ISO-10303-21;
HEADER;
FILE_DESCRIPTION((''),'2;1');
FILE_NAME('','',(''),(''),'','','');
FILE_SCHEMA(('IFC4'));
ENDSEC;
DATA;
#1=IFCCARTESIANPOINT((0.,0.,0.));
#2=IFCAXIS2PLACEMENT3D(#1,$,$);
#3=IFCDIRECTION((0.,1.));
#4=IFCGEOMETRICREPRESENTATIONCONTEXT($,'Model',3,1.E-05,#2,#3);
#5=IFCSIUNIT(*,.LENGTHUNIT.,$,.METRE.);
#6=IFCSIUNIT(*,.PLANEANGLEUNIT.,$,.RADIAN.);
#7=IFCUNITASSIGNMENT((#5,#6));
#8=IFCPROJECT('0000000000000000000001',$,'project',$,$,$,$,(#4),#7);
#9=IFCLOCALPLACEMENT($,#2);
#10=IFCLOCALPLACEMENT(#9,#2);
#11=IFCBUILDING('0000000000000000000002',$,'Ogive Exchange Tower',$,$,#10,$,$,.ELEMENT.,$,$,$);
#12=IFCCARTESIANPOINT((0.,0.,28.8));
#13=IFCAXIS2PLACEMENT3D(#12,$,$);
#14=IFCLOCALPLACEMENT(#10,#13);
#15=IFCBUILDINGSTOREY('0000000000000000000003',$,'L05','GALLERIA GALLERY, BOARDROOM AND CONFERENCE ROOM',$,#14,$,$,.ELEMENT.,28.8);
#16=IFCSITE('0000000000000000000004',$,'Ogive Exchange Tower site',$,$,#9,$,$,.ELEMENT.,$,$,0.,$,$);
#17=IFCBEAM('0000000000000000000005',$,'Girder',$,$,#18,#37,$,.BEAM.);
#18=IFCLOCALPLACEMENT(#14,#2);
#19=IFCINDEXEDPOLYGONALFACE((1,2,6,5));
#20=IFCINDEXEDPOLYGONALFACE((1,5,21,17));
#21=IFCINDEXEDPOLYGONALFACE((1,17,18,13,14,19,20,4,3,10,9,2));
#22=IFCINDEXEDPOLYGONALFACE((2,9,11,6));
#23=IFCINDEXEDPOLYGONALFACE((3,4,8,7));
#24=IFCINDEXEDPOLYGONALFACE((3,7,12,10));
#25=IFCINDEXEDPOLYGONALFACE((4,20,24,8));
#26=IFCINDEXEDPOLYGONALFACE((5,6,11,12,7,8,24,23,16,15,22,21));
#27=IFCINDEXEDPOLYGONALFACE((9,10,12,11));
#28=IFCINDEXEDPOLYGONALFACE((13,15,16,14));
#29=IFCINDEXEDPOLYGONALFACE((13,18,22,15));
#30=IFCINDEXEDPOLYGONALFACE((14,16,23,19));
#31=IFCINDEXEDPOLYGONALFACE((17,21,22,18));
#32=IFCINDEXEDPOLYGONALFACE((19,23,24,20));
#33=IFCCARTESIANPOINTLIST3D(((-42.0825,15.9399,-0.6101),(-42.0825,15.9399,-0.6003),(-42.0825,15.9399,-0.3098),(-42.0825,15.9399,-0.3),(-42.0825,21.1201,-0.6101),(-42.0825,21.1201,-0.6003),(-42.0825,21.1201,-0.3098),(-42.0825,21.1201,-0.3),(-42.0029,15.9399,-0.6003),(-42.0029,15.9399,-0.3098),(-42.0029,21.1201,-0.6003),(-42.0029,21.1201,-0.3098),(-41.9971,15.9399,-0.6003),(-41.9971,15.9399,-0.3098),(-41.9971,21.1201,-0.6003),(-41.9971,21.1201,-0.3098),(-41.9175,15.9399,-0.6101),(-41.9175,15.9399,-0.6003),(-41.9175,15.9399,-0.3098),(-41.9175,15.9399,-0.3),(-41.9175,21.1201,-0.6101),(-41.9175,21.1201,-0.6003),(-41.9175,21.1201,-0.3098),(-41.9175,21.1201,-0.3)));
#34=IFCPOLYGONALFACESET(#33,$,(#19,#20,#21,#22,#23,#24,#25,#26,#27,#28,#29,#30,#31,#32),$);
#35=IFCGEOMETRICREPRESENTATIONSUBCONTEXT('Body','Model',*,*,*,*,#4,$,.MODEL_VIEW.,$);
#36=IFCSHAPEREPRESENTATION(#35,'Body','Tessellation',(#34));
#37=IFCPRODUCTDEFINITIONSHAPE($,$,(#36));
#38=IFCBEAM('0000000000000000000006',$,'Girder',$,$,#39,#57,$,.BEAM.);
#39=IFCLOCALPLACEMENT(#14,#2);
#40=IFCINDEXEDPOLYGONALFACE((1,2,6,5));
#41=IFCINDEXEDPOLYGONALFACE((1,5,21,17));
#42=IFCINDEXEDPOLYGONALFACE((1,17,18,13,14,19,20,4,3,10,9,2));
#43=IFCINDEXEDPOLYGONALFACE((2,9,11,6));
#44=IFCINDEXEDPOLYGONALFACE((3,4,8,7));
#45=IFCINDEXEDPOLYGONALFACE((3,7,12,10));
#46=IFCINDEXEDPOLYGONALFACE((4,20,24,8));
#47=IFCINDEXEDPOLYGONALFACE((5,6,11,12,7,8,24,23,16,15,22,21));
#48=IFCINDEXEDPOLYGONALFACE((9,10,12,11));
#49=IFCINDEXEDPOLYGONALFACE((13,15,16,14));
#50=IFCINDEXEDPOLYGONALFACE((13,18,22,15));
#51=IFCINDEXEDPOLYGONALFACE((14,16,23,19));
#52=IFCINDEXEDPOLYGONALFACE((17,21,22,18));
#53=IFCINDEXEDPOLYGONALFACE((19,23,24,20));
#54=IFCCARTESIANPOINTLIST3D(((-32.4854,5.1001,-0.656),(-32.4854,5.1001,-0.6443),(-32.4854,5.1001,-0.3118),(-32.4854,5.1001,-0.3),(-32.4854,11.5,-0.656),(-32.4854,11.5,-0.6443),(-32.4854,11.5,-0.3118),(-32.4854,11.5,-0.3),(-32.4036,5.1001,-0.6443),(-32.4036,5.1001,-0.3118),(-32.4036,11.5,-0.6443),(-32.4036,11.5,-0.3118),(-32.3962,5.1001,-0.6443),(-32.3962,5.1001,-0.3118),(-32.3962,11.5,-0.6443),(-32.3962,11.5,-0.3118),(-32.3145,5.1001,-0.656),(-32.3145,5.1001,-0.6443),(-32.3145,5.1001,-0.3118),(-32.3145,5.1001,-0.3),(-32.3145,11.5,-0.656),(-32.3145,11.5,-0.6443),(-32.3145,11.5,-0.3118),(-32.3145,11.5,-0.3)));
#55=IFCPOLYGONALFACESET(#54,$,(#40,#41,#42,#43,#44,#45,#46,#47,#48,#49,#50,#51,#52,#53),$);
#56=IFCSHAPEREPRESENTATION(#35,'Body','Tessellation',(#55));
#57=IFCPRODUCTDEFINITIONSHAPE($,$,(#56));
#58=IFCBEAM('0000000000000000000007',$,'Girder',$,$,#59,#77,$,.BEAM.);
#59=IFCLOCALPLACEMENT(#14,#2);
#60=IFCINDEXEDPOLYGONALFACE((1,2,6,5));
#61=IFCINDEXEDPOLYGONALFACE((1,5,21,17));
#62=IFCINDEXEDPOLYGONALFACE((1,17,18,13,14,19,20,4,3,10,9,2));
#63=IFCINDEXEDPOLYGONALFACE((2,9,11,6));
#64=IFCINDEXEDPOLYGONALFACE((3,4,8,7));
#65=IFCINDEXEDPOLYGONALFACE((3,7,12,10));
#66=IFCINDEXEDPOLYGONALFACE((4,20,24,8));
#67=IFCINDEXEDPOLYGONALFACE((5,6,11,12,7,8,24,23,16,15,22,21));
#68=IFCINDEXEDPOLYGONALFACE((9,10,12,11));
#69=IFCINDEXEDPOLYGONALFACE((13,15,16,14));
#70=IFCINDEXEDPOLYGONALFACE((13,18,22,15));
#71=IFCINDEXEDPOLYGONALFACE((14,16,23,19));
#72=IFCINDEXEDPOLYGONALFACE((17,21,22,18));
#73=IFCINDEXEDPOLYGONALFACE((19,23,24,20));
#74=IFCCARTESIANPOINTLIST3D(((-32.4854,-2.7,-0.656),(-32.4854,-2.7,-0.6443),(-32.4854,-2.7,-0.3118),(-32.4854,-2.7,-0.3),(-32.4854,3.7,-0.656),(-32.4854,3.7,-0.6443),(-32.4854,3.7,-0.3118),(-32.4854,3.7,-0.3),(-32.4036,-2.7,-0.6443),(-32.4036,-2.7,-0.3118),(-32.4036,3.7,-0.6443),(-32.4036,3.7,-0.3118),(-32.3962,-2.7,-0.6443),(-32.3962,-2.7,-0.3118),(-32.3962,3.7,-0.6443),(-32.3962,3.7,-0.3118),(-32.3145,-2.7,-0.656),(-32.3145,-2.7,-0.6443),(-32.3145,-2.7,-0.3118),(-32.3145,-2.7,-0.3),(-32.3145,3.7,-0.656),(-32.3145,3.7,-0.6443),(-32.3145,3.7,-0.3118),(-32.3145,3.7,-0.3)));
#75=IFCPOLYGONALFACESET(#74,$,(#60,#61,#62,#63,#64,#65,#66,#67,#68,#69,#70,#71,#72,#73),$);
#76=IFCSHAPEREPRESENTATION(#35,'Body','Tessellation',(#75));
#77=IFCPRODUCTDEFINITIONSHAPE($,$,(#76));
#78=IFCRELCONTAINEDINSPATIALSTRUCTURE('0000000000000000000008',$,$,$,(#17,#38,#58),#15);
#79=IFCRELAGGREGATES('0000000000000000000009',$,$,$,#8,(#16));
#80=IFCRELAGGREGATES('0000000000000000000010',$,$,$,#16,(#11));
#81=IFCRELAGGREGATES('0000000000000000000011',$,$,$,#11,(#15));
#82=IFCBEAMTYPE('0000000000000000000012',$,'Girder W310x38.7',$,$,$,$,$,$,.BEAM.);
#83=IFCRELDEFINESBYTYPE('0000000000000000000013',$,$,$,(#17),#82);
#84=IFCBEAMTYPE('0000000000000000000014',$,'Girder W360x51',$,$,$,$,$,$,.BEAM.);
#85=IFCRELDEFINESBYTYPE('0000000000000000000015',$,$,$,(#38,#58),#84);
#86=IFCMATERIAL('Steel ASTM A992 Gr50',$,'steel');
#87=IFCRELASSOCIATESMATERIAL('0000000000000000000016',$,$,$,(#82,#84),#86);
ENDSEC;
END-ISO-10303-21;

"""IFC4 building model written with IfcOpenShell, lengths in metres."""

from ifc_helpers import new_model, si_unit, direction, frame, origin, origin_2d, place, context, subcontext, project, spatial, i_section, extrude, material, material_profile, profile_set, type_object, element, save


model = new_model("IFC4")

# Units and contexts
model_context = context("Model", 3, precision=1e-05, world=origin(), true_north=direction((0.0, 1.0)))
body_context = subcontext(model_context, "Body", "Model", "MODEL_VIEW")
ifc_project = project(units=[si_unit("LENGTHUNIT", "METRE"), si_unit("PLANEANGLEUNIT", "RADIAN")], contexts=[model_context])

# Site, building, storey
site_placement = place(None, origin())
site = spatial("IfcSite", under=ifc_project, at=site_placement, Name="Ogive Exchange Tower site", CompositionType="ELEMENT", RefElevation=0.0)
building_placement = place(site_placement, origin())
building = spatial("IfcBuilding", under=site, at=building_placement, Name="Ogive Exchange Tower", CompositionType="ELEMENT")
storey_placement = place(building_placement, frame((0.0, 0.0, 28.8)))
storey = spatial("IfcBuildingStorey", under=building, at=storey_placement, Name="L05", Description="GALLERIA GALLERY, BOARDROOM AND CONFERENCE ROOM", CompositionType="ELEMENT", Elevation=28.8)

# Beams
ifc_material_1 = material(Name="Steel ASTM A992 Gr50", Category="steel")
ifc_material_profile_1 = material_profile(ifc_material_1, i_section(OverallWidth=0.165, OverallDepth=0.3101, WebThickness=0.0059, FlangeThickness=0.0098, at=origin_2d()), Name="W310x38.7")
ifc_profile_set_1 = profile_set([ifc_material_profile_1], Name="Steel ASTM A992 Gr50")
beam_type_1 = type_object("IfcBeamType", Name="Girder W310x38.7", PredefinedType="BEAM", material=ifc_profile_set_1)
beam_1_placement = place(storey_placement, frame((-42.0, 15.9399, -0.4551), z_axis=(0.0, 1.0, 0.0), x_axis=(-1.0, 0.0, 0.0)))
element("IfcBeam", 1, at=beam_1_placement, inside=storey, type_object=beam_type_1, Name="Girder", PredefinedType="BEAM", context=body_context, shape_type="SweptSolid", body=[
    extrude(i_section(OverallWidth=0.165, OverallDepth=0.3101, WebThickness=0.0059, FlangeThickness=0.0098, at=origin_2d()), origin(), (0.0, 0.0, 1.0), 5.1802),
])
ifc_material_profile_2 = material_profile(ifc_material_1, i_section(OverallWidth=0.1709, OverallDepth=0.356, WebThickness=0.0073, FlangeThickness=0.0117, at=origin_2d()), Name="W360x51")
ifc_profile_set_2 = profile_set([ifc_material_profile_2], Name="Steel ASTM A992 Gr50")
beam_type_2 = type_object("IfcBeamType", Name="Girder W360x51", PredefinedType="BEAM", material=ifc_profile_set_2)
for number, where, z_axis, x_axis, name in (
    (2, (-32.3999, 11.5, -0.478), (0.0, -1.0, 0.0), (1.0, 0.0, 0.0), "Girder"),
    (3, (-32.3999, 3.7, -0.478), (0.0, -1.0, 0.0), (1.0, 0.0, 0.0), "Girder"),
):
    element("IfcBeam", number, at=place(storey_placement, frame(where, z_axis=z_axis, x_axis=x_axis)), inside=storey, type_object=beam_type_2, Name=name, PredefinedType="BEAM", context=body_context, shape_type="SweptSolid", body=[
        extrude(i_section(OverallWidth=0.1709, OverallDepth=0.356, WebThickness=0.0073, FlangeThickness=0.0117, at=origin_2d()), origin(), (0.0, 0.0, 1.0), 6.3999),
    ])

save(model, "model.ifc")
